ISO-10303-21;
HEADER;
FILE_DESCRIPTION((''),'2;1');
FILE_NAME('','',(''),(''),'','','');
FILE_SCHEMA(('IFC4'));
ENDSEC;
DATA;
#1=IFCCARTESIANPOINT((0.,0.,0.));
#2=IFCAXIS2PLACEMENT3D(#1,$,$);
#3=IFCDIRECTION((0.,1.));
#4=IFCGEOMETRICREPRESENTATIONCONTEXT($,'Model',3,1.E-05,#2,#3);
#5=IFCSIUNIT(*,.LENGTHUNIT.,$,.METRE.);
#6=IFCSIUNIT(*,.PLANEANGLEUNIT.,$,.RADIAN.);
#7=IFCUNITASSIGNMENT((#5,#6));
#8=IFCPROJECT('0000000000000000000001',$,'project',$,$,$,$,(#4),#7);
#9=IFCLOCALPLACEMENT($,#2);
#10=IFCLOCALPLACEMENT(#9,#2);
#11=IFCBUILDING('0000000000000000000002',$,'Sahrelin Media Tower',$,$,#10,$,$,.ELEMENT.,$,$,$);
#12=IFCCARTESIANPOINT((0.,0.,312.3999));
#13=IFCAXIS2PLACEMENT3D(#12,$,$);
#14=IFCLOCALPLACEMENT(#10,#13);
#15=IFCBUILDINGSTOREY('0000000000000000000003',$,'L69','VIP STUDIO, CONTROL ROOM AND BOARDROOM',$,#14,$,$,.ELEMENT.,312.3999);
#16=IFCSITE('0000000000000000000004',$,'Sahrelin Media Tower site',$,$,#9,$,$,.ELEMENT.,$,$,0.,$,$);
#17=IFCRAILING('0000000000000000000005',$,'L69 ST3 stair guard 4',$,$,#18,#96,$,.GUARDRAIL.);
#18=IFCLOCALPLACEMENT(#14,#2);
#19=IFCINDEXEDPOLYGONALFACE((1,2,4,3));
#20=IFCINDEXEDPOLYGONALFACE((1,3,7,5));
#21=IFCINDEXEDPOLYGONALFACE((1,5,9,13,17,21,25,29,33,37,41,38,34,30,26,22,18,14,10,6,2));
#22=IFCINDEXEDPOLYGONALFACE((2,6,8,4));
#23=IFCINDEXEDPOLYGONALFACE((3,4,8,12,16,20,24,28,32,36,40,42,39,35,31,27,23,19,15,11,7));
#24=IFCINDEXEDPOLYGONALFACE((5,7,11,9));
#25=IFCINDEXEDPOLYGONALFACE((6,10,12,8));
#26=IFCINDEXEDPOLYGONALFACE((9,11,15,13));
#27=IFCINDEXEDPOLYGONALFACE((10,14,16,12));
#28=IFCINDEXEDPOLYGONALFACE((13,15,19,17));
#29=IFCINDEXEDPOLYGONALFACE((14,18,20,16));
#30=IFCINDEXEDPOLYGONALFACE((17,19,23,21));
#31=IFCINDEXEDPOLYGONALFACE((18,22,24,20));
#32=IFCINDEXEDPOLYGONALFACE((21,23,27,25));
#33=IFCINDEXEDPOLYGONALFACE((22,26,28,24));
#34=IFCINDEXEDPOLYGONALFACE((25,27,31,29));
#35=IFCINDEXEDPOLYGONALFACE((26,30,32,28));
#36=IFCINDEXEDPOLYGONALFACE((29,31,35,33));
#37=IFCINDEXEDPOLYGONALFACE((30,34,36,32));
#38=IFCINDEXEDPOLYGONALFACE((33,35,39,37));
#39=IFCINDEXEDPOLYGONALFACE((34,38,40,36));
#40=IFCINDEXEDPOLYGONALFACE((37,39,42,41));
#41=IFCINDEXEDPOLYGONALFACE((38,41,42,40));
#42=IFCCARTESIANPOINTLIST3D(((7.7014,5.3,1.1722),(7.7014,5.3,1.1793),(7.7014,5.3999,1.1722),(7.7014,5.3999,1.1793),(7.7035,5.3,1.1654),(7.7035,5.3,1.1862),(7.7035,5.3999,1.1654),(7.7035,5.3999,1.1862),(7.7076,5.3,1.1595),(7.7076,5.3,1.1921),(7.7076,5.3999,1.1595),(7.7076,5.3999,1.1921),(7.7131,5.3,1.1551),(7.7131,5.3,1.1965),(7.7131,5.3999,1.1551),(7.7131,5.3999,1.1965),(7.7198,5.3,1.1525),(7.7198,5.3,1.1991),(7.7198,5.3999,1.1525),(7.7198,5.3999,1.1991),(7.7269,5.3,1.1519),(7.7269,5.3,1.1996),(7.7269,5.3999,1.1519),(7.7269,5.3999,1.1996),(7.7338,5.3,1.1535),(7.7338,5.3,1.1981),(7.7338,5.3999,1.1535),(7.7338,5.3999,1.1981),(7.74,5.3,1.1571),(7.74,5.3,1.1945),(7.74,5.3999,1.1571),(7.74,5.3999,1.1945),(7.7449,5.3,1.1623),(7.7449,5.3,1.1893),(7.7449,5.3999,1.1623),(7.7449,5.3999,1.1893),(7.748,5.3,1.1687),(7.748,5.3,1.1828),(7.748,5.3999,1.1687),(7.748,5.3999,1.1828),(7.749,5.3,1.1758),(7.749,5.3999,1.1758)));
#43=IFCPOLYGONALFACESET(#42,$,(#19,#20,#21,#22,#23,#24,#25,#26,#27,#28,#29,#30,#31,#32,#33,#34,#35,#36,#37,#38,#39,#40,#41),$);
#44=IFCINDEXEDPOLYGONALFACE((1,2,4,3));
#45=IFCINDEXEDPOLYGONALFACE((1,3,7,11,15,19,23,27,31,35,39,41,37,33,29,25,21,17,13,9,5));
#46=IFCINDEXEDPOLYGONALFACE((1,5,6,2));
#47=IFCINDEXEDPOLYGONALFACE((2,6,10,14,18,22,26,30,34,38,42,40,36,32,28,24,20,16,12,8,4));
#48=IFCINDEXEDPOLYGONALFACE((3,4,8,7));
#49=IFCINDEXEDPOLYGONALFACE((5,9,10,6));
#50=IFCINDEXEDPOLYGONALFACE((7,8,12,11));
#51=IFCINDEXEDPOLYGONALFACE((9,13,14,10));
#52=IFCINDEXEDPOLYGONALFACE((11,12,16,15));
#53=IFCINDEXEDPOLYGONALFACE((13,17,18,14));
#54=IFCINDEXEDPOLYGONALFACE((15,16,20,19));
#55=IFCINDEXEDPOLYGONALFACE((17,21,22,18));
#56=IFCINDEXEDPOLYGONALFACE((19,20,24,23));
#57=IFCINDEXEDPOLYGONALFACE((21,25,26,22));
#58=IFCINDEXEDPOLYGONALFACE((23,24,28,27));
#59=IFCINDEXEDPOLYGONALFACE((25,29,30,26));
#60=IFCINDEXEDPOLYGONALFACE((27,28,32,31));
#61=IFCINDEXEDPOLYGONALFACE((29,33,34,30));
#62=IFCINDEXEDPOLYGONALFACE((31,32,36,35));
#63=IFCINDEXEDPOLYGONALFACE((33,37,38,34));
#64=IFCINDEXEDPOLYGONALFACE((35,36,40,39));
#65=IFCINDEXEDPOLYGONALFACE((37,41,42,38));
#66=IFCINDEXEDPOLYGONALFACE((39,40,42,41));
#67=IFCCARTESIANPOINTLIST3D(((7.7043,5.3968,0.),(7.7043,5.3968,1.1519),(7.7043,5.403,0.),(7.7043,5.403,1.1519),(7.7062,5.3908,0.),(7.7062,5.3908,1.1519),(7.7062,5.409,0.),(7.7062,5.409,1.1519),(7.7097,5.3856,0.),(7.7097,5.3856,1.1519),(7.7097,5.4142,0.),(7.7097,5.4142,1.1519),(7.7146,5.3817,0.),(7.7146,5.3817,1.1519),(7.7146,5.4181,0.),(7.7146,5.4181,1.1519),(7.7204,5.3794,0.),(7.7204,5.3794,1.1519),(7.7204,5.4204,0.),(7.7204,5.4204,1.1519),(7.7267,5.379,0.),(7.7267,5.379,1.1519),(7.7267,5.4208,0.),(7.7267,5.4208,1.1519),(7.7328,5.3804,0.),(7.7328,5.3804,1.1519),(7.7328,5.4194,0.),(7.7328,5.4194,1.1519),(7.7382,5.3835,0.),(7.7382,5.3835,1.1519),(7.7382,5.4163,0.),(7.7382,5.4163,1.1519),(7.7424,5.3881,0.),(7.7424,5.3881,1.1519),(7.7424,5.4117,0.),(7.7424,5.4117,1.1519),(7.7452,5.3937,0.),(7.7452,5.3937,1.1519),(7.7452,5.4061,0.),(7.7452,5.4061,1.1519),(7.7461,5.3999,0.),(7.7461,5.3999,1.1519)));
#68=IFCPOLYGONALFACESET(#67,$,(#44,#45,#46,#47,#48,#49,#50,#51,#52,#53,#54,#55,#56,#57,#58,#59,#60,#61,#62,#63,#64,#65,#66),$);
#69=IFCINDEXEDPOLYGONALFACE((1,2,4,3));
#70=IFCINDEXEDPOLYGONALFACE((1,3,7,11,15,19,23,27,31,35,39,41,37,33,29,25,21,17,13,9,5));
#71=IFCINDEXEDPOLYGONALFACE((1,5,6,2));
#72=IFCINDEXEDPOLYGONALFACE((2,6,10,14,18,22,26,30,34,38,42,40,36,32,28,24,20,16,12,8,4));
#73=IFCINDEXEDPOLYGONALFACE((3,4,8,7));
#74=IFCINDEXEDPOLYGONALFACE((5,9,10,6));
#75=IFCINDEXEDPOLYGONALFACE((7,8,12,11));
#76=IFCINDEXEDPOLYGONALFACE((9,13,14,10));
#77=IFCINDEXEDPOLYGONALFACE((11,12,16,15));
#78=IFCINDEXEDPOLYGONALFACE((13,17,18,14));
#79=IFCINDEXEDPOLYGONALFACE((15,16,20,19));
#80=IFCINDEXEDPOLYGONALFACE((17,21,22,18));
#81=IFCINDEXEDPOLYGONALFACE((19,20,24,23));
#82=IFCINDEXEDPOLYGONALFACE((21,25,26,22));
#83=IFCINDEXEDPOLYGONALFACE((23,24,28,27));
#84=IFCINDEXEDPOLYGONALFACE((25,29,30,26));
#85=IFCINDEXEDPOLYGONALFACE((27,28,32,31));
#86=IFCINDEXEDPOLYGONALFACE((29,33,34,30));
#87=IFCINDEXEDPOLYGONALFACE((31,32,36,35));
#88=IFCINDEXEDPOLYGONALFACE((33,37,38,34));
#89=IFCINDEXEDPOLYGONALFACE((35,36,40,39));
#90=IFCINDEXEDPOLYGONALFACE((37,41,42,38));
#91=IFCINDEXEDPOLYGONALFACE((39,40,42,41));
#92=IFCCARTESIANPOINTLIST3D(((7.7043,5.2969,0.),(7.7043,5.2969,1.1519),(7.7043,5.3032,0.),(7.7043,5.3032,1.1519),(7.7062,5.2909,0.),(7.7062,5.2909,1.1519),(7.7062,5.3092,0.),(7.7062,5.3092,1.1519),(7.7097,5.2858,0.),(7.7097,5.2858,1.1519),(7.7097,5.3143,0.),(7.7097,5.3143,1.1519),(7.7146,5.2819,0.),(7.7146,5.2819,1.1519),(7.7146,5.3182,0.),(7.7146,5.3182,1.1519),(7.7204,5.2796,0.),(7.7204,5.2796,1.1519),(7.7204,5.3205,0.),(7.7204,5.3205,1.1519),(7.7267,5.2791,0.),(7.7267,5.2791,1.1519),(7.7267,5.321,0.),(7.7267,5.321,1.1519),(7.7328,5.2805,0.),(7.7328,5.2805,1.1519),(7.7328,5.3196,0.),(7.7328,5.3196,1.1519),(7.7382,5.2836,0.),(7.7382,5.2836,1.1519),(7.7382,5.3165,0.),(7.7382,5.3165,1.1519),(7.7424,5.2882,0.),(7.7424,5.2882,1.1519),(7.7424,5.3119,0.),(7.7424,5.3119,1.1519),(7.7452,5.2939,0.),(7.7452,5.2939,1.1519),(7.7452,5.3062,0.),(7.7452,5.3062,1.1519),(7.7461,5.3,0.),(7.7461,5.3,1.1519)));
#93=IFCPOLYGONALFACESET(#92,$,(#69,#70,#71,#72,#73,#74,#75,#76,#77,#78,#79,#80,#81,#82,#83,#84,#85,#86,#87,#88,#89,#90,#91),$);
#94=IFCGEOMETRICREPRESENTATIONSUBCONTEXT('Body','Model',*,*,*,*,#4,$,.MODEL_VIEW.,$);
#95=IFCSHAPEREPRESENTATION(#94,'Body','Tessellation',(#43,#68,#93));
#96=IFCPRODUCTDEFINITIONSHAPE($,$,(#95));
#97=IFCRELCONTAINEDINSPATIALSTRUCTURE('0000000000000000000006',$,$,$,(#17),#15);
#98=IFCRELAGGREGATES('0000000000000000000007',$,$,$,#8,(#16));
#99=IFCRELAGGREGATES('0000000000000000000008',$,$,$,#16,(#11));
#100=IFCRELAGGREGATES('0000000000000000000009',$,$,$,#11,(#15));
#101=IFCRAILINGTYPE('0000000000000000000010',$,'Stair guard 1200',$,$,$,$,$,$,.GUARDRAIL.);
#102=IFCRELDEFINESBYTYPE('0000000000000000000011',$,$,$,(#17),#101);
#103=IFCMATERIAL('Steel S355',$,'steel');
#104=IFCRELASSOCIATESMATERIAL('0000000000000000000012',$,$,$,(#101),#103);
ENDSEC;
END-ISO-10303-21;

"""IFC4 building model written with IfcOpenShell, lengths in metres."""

from ifc_helpers import new_model, si_unit, direction, frame, origin, origin_2d, place, context, subcontext, project, spatial, circle, extrude, material, type_object, element, save


model = new_model("IFC4")

# Units and contexts
model_context = context("Model", 3, precision=1e-05, world=origin(), true_north=direction((0.0, 1.0)))
body_context = subcontext(model_context, "Body", "Model", "MODEL_VIEW")
ifc_project = project(units=[si_unit("LENGTHUNIT", "METRE"), si_unit("PLANEANGLEUNIT", "RADIAN")], contexts=[model_context])

# Site, building, storey
site_placement = place(None, origin())
site = spatial("IfcSite", under=ifc_project, at=site_placement, Name="Sahrelin Media Tower site", CompositionType="ELEMENT", RefElevation=0.0)
building_placement = place(site_placement, origin())
building = spatial("IfcBuilding", under=site, at=building_placement, Name="Sahrelin Media Tower", CompositionType="ELEMENT")
storey_placement = place(building_placement, frame((0.0, 0.0, 312.3999)))
storey = spatial("IfcBuildingStorey", under=building, at=storey_placement, Name="L69", Description="VIP STUDIO, CONTROL ROOM AND BOARDROOM", CompositionType="ELEMENT", Elevation=312.3999)

# Shared definitions
ifc_material_1 = material(Name="Steel S355", Category="steel")

# Railing
railing_type_1 = type_object("IfcRailingType", Name="Stair guard 1200", PredefinedType="GUARDRAIL", material=ifc_material_1)
railing_1_placement = place(storey_placement, frame((7.7251, 5.3999, 0.0)))
element("IfcRailing", 1, at=railing_1_placement, inside=storey, type_object=railing_type_1, Name="L69 ST3 stair guard 4", PredefinedType="GUARDRAIL", context=body_context, shape_type="SweptSolid", body=[
    extrude(circle(Radius=0.0239, at=origin_2d()), frame((0.0, 0.0, 1.1758), z_axis=(0.0, -1.0, 0.0), x_axis=(1.0, 0.0, 0.0)), (0.0, 0.0, 1.0), 0.0999),
    extrude(circle(Radius=0.021, at=origin_2d()), origin(), (0.0, 0.0, 1.0), 1.1519),
    extrude(circle(Radius=0.021, at=origin_2d()), frame((0.0, -0.0999, 0.0)), (0.0, 0.0, 1.0), 1.1519),
])

save(model, "model.ifc")
